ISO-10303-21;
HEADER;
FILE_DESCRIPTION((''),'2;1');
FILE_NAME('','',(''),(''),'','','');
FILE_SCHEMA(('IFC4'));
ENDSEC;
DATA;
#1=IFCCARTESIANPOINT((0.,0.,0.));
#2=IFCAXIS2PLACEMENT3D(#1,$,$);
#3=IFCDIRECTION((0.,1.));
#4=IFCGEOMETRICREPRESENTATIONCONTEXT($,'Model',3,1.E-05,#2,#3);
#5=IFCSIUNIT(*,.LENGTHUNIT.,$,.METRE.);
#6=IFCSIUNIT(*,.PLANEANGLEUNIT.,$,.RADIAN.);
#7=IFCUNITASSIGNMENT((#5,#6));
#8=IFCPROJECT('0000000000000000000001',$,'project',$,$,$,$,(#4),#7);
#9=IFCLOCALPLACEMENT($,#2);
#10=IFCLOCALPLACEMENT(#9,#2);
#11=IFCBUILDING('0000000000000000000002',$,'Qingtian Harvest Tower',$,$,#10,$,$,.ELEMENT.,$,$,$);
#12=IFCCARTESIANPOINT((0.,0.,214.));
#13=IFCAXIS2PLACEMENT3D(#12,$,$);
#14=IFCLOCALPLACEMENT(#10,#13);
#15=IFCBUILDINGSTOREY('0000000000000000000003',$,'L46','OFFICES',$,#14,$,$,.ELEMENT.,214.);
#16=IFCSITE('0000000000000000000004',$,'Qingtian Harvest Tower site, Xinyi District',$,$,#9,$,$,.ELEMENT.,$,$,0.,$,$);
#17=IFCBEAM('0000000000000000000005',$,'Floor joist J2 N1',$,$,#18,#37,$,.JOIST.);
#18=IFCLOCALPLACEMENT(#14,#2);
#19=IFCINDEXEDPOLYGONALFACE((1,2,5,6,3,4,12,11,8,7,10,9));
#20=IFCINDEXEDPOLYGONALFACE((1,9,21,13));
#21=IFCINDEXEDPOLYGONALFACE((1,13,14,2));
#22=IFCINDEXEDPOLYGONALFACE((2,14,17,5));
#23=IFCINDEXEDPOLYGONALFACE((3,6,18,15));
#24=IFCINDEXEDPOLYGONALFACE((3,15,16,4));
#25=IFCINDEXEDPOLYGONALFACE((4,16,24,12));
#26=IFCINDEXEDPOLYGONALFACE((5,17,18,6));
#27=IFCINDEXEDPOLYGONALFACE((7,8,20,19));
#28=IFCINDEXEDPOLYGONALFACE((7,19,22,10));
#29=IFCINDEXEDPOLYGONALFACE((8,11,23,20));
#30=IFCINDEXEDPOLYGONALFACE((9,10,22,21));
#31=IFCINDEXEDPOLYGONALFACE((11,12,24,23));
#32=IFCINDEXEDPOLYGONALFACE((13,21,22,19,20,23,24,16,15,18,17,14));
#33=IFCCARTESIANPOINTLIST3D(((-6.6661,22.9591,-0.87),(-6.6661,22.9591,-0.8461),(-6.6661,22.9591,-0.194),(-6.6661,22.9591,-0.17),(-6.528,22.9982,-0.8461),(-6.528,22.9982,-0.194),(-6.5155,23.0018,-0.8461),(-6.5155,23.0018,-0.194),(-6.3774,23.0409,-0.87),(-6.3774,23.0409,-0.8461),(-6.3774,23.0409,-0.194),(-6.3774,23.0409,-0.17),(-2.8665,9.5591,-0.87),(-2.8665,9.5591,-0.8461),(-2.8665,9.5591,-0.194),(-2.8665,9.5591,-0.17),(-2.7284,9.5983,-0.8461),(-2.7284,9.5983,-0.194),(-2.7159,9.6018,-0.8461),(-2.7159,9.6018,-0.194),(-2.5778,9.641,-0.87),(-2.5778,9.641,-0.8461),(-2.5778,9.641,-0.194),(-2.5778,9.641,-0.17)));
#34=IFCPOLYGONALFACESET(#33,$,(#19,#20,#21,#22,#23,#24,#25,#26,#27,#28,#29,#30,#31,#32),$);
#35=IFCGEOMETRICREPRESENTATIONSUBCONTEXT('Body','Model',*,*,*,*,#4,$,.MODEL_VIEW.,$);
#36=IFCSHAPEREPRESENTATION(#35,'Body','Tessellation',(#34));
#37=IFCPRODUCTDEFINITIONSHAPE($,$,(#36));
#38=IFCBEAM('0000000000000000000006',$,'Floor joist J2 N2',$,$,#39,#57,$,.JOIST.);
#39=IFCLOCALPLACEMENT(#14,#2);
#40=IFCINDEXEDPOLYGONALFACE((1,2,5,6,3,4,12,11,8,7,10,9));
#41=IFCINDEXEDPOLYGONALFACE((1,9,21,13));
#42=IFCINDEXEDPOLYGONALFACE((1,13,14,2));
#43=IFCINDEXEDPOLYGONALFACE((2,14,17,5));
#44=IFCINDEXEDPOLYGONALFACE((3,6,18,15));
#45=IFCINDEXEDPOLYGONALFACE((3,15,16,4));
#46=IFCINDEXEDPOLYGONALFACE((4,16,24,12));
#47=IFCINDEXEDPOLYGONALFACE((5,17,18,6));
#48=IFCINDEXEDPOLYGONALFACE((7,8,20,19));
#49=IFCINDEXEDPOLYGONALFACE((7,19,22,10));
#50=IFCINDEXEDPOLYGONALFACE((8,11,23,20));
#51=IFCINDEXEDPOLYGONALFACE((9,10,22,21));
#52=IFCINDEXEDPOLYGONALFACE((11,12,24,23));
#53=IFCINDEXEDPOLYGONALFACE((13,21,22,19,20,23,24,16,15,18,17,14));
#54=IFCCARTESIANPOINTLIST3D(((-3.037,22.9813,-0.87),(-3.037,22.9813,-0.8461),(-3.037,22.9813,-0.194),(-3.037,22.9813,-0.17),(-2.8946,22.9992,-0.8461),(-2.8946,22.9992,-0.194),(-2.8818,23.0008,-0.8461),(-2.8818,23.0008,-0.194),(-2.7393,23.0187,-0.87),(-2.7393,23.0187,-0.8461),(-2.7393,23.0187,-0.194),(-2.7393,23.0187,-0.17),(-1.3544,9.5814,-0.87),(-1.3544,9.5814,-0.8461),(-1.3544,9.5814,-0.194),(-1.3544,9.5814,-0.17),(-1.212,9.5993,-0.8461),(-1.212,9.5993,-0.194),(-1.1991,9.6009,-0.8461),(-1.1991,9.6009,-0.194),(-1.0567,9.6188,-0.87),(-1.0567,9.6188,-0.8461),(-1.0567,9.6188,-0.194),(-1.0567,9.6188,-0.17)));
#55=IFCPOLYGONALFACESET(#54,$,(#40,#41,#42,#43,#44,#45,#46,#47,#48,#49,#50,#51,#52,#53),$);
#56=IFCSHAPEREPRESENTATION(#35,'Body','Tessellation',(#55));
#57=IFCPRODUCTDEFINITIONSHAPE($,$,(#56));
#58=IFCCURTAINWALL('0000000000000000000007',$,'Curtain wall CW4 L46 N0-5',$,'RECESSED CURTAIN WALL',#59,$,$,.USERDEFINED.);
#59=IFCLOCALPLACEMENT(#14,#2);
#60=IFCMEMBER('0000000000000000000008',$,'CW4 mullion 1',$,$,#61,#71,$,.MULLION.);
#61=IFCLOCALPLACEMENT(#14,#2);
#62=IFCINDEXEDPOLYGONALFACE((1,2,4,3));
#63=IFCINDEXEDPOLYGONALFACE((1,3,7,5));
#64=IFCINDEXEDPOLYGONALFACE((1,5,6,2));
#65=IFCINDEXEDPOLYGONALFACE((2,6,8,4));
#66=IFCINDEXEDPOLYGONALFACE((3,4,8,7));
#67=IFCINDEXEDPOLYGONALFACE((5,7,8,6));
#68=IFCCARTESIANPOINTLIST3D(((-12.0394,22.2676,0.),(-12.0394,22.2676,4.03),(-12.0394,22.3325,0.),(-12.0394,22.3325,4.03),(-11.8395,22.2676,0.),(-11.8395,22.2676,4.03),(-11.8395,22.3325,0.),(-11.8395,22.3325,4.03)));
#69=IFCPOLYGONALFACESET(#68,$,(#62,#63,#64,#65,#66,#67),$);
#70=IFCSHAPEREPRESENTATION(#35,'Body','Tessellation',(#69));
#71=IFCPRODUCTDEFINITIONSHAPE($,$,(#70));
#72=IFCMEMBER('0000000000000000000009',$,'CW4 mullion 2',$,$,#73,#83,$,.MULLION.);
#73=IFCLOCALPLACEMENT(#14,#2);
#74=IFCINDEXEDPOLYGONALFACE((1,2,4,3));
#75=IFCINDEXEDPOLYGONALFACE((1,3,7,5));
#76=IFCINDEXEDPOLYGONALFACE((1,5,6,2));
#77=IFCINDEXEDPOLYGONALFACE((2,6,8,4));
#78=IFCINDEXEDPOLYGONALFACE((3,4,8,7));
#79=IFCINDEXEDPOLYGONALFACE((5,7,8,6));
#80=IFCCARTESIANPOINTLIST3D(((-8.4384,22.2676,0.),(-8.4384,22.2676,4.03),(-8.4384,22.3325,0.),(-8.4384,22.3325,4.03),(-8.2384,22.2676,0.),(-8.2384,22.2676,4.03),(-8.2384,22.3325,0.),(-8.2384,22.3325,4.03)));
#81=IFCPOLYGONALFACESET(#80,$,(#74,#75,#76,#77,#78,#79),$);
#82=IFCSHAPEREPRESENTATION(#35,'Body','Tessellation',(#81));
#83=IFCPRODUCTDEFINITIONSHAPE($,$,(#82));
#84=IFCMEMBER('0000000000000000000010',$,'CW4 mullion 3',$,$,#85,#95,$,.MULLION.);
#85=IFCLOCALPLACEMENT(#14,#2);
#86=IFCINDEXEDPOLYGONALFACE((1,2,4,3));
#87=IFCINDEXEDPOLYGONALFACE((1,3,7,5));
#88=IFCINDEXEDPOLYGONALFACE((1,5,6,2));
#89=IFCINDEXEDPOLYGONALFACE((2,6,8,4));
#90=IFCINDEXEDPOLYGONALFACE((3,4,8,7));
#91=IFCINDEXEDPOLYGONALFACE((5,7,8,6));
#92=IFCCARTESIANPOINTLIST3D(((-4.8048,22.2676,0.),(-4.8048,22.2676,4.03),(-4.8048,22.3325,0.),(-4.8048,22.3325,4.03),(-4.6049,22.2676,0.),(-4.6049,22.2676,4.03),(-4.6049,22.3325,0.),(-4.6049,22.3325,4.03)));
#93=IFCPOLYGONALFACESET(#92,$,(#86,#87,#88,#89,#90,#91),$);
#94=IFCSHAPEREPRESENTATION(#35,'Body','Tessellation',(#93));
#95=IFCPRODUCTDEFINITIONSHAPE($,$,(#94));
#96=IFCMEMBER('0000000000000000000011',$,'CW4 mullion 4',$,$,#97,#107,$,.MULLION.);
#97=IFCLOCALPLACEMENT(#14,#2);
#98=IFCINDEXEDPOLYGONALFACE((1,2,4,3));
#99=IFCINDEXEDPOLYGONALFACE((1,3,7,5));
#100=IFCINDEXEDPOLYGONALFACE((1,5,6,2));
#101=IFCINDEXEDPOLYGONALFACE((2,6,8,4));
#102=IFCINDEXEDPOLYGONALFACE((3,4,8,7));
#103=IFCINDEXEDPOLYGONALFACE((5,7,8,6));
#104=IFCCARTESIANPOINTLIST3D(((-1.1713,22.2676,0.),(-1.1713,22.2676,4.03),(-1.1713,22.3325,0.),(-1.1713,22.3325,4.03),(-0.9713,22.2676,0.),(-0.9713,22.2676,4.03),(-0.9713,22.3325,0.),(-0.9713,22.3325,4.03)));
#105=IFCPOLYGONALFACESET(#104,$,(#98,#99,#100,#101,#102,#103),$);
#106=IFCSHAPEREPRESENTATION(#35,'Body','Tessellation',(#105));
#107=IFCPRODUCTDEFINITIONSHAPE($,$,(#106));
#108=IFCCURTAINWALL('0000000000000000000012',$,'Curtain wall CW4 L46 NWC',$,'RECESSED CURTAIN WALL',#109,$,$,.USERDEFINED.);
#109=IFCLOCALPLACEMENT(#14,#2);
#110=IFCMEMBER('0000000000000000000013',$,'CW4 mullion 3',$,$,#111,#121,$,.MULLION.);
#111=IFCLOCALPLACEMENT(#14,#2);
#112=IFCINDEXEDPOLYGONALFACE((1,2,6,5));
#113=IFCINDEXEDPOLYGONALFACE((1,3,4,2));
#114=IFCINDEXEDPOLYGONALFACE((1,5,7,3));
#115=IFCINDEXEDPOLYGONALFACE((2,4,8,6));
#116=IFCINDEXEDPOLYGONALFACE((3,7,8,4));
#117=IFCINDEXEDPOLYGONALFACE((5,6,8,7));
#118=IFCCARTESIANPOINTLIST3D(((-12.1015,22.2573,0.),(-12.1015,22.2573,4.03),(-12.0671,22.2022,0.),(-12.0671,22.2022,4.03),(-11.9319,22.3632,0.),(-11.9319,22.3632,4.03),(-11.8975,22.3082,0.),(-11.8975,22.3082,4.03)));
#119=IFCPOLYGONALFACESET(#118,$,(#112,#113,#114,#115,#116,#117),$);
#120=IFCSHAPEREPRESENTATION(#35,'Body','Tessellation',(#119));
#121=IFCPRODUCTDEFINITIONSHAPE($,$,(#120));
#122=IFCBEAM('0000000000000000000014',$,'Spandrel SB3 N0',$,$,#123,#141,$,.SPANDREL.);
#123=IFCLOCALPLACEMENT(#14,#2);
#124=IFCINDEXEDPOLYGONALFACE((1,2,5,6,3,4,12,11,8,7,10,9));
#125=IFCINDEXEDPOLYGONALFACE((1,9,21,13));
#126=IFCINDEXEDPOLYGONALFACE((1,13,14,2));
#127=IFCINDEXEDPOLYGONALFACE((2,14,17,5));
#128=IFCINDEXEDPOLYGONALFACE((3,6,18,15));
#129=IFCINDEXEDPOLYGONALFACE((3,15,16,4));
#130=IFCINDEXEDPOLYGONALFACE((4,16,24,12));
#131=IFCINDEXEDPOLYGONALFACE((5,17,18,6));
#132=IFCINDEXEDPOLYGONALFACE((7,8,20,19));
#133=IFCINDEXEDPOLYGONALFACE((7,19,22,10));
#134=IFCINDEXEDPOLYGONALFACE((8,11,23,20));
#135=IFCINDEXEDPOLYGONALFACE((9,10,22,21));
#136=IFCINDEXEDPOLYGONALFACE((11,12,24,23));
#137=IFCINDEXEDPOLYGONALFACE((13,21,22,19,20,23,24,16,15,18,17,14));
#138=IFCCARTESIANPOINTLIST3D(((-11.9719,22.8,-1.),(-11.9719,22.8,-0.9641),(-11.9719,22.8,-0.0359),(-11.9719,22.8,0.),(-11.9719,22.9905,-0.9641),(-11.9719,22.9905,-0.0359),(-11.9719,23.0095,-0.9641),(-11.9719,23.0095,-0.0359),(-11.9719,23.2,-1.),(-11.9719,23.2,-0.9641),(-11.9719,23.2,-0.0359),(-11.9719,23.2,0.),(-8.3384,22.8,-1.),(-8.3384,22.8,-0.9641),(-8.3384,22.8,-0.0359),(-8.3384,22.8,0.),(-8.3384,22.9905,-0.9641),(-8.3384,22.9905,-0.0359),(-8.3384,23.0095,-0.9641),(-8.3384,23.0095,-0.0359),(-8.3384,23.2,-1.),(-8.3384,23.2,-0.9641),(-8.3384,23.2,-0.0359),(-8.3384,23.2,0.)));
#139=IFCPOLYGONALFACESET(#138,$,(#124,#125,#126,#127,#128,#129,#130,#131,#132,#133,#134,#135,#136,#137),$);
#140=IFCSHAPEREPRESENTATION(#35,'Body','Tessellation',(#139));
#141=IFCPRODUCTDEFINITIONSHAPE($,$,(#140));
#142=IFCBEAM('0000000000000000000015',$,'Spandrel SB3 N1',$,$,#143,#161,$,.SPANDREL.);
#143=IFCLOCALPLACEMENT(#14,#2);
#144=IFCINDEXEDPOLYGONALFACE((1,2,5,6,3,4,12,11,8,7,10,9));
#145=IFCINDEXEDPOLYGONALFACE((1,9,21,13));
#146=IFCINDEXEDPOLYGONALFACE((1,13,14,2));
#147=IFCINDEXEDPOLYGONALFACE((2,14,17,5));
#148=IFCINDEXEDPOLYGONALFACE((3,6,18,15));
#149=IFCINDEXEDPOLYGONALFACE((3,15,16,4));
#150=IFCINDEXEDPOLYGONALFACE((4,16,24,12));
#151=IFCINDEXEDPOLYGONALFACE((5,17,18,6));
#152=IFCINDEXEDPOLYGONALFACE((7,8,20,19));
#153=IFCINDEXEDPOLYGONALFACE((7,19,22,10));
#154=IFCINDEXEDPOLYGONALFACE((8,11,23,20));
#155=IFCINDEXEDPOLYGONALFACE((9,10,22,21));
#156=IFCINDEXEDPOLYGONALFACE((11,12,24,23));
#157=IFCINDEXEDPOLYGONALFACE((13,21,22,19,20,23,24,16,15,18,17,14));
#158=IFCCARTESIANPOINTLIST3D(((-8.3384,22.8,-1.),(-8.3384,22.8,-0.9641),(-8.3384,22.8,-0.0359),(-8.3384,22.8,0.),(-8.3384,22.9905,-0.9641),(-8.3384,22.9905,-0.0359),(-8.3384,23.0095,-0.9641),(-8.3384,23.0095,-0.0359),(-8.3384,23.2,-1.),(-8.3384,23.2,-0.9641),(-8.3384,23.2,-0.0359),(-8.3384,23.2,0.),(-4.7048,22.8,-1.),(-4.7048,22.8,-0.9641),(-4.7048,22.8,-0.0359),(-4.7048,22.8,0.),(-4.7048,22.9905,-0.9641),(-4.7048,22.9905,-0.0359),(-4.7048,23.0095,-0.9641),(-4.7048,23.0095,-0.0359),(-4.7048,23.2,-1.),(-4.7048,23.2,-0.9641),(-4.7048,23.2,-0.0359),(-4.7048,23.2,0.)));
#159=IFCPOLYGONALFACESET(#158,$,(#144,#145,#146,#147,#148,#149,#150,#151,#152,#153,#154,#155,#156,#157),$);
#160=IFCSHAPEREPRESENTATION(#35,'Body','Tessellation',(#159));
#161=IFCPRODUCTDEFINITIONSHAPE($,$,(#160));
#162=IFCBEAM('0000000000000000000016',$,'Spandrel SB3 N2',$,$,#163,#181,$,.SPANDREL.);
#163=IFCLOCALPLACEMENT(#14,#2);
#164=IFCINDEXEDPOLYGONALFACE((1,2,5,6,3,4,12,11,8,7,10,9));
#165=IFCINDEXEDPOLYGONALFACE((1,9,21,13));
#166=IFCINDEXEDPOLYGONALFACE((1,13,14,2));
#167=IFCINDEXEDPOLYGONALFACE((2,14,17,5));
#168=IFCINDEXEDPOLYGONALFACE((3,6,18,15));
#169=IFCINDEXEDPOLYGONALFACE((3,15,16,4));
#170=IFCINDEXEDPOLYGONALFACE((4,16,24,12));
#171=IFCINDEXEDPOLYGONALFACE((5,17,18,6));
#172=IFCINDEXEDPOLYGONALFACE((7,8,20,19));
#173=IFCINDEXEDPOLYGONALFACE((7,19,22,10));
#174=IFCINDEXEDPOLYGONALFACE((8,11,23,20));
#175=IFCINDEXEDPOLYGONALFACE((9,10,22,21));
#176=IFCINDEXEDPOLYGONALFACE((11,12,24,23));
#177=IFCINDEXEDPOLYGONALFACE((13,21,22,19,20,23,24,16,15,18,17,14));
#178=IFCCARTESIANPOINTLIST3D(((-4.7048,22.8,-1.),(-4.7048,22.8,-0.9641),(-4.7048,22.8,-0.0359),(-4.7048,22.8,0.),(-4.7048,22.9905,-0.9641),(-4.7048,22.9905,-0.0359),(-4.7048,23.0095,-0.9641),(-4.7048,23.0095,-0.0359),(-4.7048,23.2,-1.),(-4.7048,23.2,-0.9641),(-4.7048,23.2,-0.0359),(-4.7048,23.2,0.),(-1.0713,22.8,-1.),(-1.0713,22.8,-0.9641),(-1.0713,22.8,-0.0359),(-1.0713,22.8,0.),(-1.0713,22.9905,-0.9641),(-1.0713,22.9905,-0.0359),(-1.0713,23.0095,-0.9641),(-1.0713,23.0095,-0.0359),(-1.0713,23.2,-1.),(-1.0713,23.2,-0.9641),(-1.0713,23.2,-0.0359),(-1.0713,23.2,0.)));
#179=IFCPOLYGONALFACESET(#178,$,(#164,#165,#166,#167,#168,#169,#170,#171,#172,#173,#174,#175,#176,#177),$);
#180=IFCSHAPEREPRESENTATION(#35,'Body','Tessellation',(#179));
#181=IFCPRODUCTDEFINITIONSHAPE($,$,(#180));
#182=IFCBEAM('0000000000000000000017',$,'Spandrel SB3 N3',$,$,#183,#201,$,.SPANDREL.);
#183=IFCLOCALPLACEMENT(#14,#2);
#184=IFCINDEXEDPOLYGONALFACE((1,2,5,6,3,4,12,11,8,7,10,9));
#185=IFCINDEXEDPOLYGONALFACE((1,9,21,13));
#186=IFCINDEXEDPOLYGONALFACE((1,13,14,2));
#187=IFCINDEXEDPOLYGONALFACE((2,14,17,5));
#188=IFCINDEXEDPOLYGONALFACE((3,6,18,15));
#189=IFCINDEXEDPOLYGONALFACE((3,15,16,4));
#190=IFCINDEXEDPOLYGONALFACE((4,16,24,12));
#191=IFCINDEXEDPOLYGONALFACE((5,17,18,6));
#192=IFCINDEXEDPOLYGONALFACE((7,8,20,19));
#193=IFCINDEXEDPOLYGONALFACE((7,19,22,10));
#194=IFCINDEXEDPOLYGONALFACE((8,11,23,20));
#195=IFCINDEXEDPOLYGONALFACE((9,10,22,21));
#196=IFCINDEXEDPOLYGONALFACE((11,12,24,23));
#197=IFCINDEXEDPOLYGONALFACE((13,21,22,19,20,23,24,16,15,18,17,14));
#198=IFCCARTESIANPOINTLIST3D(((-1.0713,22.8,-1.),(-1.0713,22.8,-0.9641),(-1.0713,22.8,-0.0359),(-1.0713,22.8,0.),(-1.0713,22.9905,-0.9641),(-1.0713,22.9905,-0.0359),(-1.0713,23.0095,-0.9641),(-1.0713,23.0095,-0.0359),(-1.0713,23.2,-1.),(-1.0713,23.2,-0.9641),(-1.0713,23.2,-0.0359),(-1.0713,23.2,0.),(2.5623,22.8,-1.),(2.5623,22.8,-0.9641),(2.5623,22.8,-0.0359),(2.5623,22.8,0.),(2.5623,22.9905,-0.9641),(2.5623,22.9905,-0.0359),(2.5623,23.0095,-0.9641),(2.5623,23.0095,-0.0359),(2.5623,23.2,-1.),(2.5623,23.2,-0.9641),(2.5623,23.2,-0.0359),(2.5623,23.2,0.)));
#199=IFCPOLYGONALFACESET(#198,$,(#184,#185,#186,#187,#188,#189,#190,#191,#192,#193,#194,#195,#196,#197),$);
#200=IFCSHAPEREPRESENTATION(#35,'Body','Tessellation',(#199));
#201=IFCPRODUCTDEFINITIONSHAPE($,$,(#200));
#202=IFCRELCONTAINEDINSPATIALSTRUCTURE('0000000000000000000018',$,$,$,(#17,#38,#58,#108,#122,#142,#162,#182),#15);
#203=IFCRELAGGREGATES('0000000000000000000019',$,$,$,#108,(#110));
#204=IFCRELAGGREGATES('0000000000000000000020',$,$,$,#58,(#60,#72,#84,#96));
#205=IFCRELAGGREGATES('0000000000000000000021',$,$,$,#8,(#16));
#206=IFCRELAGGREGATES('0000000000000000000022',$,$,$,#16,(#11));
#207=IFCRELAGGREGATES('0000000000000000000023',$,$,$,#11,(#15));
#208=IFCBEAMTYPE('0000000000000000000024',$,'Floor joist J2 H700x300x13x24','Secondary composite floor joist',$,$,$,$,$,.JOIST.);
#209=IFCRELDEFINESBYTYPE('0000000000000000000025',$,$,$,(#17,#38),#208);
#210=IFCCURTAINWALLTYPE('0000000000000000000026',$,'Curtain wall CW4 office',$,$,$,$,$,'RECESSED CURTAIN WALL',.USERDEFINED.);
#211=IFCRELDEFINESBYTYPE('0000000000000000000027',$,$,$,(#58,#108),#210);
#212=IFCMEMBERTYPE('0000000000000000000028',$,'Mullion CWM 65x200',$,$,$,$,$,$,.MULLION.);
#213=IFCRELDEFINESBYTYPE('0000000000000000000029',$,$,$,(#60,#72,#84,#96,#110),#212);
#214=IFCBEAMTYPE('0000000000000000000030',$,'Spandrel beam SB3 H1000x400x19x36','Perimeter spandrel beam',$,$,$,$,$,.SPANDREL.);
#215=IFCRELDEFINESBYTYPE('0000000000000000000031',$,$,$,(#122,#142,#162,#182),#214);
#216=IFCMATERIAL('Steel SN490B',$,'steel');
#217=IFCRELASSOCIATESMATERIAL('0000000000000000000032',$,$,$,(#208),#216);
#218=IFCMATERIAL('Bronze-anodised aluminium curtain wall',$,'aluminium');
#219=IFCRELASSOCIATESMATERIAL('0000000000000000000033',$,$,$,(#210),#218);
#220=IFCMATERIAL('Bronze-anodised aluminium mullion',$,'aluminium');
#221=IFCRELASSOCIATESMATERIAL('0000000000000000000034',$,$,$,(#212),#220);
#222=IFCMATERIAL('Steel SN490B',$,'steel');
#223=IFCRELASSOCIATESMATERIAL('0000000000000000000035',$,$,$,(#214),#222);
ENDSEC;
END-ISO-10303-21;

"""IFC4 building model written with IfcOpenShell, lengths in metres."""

from ifc_helpers import new_model, si_unit, direction, frame, origin, origin_2d, place, context, subcontext, project, spatial, rectangle, i_section, extrude, material, material_profile, profile_set, type_object, element, aggregate, save


model = new_model("IFC4")

# Units and contexts
model_context = context("Model", 3, precision=1e-05, world=origin(), true_north=direction((0.0, 1.0)))
body_context = subcontext(model_context, "Body", "Model", "MODEL_VIEW")
ifc_project = project(units=[si_unit("LENGTHUNIT", "METRE"), si_unit("PLANEANGLEUNIT", "RADIAN")], contexts=[model_context])

# Site, building, storey
site_placement = place(None, origin())
site = spatial("IfcSite", under=ifc_project, at=site_placement, Name="Qingtian Harvest Tower site, Xinyi District", CompositionType="ELEMENT", RefElevation=0.0)
building_placement = place(site_placement, origin())
building = spatial("IfcBuilding", under=site, at=building_placement, Name="Qingtian Harvest Tower", CompositionType="ELEMENT")
storey_placement = place(building_placement, frame((0.0, 0.0, 214.0)))
storey = spatial("IfcBuildingStorey", under=building, at=storey_placement, Name="L46", Description="OFFICES", CompositionType="ELEMENT", Elevation=214.0)

# Beams
ifc_material_1 = material(Name="Steel SN490B", Category="steel")
ifc_material_profile_1 = material_profile(ifc_material_1, i_section(OverallWidth=0.3, OverallDepth=0.7, WebThickness=0.0129, FlangeThickness=0.0239, at=origin_2d()), Name="H700x300x13x24")
ifc_profile_set_1 = profile_set([ifc_material_profile_1], Name="Steel SN490B")
beam_type_1 = type_object("IfcBeamType", Name="Floor joist J2 H700x300x13x24", Description="Secondary composite floor joist", PredefinedType="JOIST", material=ifc_profile_set_1)
beam_1_placement = place(storey_placement, frame((-6.5217, 23.0, -0.52), z_axis=(0.272797, -0.962072, 0.0), x_axis=(0.962072, 0.272797, 0.0)))
element("IfcBeam", 1, at=beam_1_placement, inside=storey, type_object=beam_type_1, Name="Floor joist J2 N1", PredefinedType="JOIST", context=body_context, shape_type="SweptSolid", body=[
    extrude(i_section(OverallWidth=0.3, OverallDepth=0.7, WebThickness=0.0129, FlangeThickness=0.0239, at=origin_2d()), origin(), (0.0, 0.0, 1.0), 13.9282),
])
beam_2_placement = place(storey_placement, frame((-2.8882, 23.0, -0.52), z_axis=(0.124591, -0.992208, 0.0), x_axis=(0.992208, 0.124591, 0.0)))
element("IfcBeam", 2, at=beam_2_placement, inside=storey, type_object=beam_type_1, Name="Floor joist J2 N2", PredefinedType="JOIST", context=body_context, shape_type="SweptSolid", body=[
    extrude(i_section(OverallWidth=0.3, OverallDepth=0.7, WebThickness=0.0129, FlangeThickness=0.0239, at=origin_2d()), origin(), (0.0, 0.0, 1.0), 13.5051),
])

# Curtain wall, members
ifc_material_2 = material(Name="Bronze-anodised aluminium curtain wall", Category="aluminium")
curtain_wall_type = type_object("IfcCurtainWallType", Name="Curtain wall CW4 office", ElementType="RECESSED CURTAIN WALL", PredefinedType="USERDEFINED", material=ifc_material_2)
curtain_wall_1_placement = place(storey_placement, origin())
curtain_wall_1 = element("IfcCurtainWall", 3, at=curtain_wall_1_placement, inside=storey, type_object=curtain_wall_type, Name="Curtain wall CW4 L46 N0-5", ObjectType="RECESSED CURTAIN WALL", PredefinedType="USERDEFINED")
ifc_material_3 = material(Name="Bronze-anodised aluminium mullion", Category="aluminium")
ifc_material_profile_2 = material_profile(ifc_material_3, rectangle(XDim=0.0649, YDim=0.2, at=origin_2d()), Name="AL 65x200")
ifc_profile_set_2 = profile_set([ifc_material_profile_2], Name="Bronze-anodised aluminium mullion")
member_type_1 = type_object("IfcMemberType", Name="Mullion CWM 65x200", PredefinedType="MULLION", material=ifc_profile_set_2)
member_1_placement = place(storey_placement, frame((-11.9395, 22.3, 0.0), z_axis=(0.0, 0.0, 1.0), x_axis=(0.0, 1.0, 0.0)))
member_1 = element("IfcMember", 4, at=member_1_placement, type_object=member_type_1, Name="CW4 mullion 1", PredefinedType="MULLION", context=body_context, shape_type="SweptSolid", body=[
    extrude(rectangle(XDim=0.0649, YDim=0.2, at=origin_2d()), origin(), (0.0, 0.0, 1.0), 4.03),
])
member_2_placement = place(storey_placement, frame((-8.3384, 22.3, 0.0), z_axis=(0.0, 0.0, 1.0), x_axis=(0.0, 1.0, 0.0)))
member_2 = element("IfcMember", 5, at=member_2_placement, type_object=member_type_1, Name="CW4 mullion 2", PredefinedType="MULLION", context=body_context, shape_type="SweptSolid", body=[
    extrude(rectangle(XDim=0.0649, YDim=0.2, at=origin_2d()), origin(), (0.0, 0.0, 1.0), 4.03),
])
member_3_placement = place(storey_placement, frame((-4.7048, 22.3, 0.0), z_axis=(0.0, 0.0, 1.0), x_axis=(0.0, 1.0, 0.0)))
member_3 = element("IfcMember", 6, at=member_3_placement, type_object=member_type_1, Name="CW4 mullion 3", PredefinedType="MULLION", context=body_context, shape_type="SweptSolid", body=[
    extrude(rectangle(XDim=0.0649, YDim=0.2, at=origin_2d()), origin(), (0.0, 0.0, 1.0), 4.03),
])
member_4_placement = place(storey_placement, frame((-1.0713, 22.3, 0.0), z_axis=(0.0, 0.0, 1.0), x_axis=(0.0, 1.0, 0.0)))
member_4 = element("IfcMember", 7, at=member_4_placement, type_object=member_type_1, Name="CW4 mullion 4", PredefinedType="MULLION", context=body_context, shape_type="SweptSolid", body=[
    extrude(rectangle(XDim=0.0649, YDim=0.2, at=origin_2d()), origin(), (0.0, 0.0, 1.0), 4.03),
])

# Curtain wall, member
curtain_wall_2_placement = place(storey_placement, origin())
curtain_wall_2 = element("IfcCurtainWall", 8, at=curtain_wall_2_placement, inside=storey, type_object=curtain_wall_type, Name="Curtain wall CW4 L46 NWC", ObjectType="RECESSED CURTAIN WALL", PredefinedType="USERDEFINED")
member_5_placement = place(storey_placement, frame((-11.9995, 22.2827, 0.0), z_axis=(0.0, 0.0, 1.0), x_axis=(-0.529919, 0.848048, 0.0)))
member_5 = element("IfcMember", 9, at=member_5_placement, type_object=member_type_1, Name="CW4 mullion 3", PredefinedType="MULLION", context=body_context, shape_type="SweptSolid", body=[
    extrude(rectangle(XDim=0.0649, YDim=0.2, at=origin_2d()), origin(), (0.0, 0.0, 1.0), 4.03),
])
aggregate(curtain_wall_2, [member_5])

# Beams
ifc_material_4 = material(Name="Steel SN490B", Category="steel")
ifc_material_profile_3 = material_profile(ifc_material_4, i_section(OverallWidth=0.3999, OverallDepth=1.0, WebThickness=0.019, FlangeThickness=0.0359, at=origin_2d()), Name="H1000x400x19x36")
ifc_profile_set_3 = profile_set([ifc_material_profile_3], Name="Steel SN490B")
beam_type_2 = type_object("IfcBeamType", Name="Spandrel beam SB3 H1000x400x19x36", Description="Perimeter spandrel beam", PredefinedType="SPANDREL", material=ifc_profile_set_3)
for number, where, z_axis, x_axis, name in (
    (10, (-11.9719, 23.0, -0.5), (1.0, 0.0, 0.0), (0.0, 1.0, 0.0), "Spandrel SB3 N0"),
    (11, (-8.3384, 23.0, -0.5), (1.0, 0.0, 0.0), (0.0, 1.0, 0.0), "Spandrel SB3 N1"),
    (12, (-4.7048, 23.0, -0.5), (1.0, 0.0, 0.0), (0.0, 1.0, 0.0), "Spandrel SB3 N2"),
    (13, (-1.0713, 23.0, -0.5), (1.0, 0.0, 0.0), (0.0, 1.0, 0.0), "Spandrel SB3 N3"),
):
    element("IfcBeam", number, at=place(storey_placement, frame(where, z_axis=z_axis, x_axis=x_axis)), inside=storey, type_object=beam_type_2, Name=name, PredefinedType="SPANDREL", context=body_context, shape_type="SweptSolid", body=[
        extrude(i_section(OverallWidth=0.3999, OverallDepth=1.0, WebThickness=0.019, FlangeThickness=0.0359, at=origin_2d()), origin(), (0.0, 0.0, 1.0), 3.6335),
    ])

aggregate(curtain_wall_1, [member_1, member_2, member_3, member_4])

save(model, "model.ifc")
